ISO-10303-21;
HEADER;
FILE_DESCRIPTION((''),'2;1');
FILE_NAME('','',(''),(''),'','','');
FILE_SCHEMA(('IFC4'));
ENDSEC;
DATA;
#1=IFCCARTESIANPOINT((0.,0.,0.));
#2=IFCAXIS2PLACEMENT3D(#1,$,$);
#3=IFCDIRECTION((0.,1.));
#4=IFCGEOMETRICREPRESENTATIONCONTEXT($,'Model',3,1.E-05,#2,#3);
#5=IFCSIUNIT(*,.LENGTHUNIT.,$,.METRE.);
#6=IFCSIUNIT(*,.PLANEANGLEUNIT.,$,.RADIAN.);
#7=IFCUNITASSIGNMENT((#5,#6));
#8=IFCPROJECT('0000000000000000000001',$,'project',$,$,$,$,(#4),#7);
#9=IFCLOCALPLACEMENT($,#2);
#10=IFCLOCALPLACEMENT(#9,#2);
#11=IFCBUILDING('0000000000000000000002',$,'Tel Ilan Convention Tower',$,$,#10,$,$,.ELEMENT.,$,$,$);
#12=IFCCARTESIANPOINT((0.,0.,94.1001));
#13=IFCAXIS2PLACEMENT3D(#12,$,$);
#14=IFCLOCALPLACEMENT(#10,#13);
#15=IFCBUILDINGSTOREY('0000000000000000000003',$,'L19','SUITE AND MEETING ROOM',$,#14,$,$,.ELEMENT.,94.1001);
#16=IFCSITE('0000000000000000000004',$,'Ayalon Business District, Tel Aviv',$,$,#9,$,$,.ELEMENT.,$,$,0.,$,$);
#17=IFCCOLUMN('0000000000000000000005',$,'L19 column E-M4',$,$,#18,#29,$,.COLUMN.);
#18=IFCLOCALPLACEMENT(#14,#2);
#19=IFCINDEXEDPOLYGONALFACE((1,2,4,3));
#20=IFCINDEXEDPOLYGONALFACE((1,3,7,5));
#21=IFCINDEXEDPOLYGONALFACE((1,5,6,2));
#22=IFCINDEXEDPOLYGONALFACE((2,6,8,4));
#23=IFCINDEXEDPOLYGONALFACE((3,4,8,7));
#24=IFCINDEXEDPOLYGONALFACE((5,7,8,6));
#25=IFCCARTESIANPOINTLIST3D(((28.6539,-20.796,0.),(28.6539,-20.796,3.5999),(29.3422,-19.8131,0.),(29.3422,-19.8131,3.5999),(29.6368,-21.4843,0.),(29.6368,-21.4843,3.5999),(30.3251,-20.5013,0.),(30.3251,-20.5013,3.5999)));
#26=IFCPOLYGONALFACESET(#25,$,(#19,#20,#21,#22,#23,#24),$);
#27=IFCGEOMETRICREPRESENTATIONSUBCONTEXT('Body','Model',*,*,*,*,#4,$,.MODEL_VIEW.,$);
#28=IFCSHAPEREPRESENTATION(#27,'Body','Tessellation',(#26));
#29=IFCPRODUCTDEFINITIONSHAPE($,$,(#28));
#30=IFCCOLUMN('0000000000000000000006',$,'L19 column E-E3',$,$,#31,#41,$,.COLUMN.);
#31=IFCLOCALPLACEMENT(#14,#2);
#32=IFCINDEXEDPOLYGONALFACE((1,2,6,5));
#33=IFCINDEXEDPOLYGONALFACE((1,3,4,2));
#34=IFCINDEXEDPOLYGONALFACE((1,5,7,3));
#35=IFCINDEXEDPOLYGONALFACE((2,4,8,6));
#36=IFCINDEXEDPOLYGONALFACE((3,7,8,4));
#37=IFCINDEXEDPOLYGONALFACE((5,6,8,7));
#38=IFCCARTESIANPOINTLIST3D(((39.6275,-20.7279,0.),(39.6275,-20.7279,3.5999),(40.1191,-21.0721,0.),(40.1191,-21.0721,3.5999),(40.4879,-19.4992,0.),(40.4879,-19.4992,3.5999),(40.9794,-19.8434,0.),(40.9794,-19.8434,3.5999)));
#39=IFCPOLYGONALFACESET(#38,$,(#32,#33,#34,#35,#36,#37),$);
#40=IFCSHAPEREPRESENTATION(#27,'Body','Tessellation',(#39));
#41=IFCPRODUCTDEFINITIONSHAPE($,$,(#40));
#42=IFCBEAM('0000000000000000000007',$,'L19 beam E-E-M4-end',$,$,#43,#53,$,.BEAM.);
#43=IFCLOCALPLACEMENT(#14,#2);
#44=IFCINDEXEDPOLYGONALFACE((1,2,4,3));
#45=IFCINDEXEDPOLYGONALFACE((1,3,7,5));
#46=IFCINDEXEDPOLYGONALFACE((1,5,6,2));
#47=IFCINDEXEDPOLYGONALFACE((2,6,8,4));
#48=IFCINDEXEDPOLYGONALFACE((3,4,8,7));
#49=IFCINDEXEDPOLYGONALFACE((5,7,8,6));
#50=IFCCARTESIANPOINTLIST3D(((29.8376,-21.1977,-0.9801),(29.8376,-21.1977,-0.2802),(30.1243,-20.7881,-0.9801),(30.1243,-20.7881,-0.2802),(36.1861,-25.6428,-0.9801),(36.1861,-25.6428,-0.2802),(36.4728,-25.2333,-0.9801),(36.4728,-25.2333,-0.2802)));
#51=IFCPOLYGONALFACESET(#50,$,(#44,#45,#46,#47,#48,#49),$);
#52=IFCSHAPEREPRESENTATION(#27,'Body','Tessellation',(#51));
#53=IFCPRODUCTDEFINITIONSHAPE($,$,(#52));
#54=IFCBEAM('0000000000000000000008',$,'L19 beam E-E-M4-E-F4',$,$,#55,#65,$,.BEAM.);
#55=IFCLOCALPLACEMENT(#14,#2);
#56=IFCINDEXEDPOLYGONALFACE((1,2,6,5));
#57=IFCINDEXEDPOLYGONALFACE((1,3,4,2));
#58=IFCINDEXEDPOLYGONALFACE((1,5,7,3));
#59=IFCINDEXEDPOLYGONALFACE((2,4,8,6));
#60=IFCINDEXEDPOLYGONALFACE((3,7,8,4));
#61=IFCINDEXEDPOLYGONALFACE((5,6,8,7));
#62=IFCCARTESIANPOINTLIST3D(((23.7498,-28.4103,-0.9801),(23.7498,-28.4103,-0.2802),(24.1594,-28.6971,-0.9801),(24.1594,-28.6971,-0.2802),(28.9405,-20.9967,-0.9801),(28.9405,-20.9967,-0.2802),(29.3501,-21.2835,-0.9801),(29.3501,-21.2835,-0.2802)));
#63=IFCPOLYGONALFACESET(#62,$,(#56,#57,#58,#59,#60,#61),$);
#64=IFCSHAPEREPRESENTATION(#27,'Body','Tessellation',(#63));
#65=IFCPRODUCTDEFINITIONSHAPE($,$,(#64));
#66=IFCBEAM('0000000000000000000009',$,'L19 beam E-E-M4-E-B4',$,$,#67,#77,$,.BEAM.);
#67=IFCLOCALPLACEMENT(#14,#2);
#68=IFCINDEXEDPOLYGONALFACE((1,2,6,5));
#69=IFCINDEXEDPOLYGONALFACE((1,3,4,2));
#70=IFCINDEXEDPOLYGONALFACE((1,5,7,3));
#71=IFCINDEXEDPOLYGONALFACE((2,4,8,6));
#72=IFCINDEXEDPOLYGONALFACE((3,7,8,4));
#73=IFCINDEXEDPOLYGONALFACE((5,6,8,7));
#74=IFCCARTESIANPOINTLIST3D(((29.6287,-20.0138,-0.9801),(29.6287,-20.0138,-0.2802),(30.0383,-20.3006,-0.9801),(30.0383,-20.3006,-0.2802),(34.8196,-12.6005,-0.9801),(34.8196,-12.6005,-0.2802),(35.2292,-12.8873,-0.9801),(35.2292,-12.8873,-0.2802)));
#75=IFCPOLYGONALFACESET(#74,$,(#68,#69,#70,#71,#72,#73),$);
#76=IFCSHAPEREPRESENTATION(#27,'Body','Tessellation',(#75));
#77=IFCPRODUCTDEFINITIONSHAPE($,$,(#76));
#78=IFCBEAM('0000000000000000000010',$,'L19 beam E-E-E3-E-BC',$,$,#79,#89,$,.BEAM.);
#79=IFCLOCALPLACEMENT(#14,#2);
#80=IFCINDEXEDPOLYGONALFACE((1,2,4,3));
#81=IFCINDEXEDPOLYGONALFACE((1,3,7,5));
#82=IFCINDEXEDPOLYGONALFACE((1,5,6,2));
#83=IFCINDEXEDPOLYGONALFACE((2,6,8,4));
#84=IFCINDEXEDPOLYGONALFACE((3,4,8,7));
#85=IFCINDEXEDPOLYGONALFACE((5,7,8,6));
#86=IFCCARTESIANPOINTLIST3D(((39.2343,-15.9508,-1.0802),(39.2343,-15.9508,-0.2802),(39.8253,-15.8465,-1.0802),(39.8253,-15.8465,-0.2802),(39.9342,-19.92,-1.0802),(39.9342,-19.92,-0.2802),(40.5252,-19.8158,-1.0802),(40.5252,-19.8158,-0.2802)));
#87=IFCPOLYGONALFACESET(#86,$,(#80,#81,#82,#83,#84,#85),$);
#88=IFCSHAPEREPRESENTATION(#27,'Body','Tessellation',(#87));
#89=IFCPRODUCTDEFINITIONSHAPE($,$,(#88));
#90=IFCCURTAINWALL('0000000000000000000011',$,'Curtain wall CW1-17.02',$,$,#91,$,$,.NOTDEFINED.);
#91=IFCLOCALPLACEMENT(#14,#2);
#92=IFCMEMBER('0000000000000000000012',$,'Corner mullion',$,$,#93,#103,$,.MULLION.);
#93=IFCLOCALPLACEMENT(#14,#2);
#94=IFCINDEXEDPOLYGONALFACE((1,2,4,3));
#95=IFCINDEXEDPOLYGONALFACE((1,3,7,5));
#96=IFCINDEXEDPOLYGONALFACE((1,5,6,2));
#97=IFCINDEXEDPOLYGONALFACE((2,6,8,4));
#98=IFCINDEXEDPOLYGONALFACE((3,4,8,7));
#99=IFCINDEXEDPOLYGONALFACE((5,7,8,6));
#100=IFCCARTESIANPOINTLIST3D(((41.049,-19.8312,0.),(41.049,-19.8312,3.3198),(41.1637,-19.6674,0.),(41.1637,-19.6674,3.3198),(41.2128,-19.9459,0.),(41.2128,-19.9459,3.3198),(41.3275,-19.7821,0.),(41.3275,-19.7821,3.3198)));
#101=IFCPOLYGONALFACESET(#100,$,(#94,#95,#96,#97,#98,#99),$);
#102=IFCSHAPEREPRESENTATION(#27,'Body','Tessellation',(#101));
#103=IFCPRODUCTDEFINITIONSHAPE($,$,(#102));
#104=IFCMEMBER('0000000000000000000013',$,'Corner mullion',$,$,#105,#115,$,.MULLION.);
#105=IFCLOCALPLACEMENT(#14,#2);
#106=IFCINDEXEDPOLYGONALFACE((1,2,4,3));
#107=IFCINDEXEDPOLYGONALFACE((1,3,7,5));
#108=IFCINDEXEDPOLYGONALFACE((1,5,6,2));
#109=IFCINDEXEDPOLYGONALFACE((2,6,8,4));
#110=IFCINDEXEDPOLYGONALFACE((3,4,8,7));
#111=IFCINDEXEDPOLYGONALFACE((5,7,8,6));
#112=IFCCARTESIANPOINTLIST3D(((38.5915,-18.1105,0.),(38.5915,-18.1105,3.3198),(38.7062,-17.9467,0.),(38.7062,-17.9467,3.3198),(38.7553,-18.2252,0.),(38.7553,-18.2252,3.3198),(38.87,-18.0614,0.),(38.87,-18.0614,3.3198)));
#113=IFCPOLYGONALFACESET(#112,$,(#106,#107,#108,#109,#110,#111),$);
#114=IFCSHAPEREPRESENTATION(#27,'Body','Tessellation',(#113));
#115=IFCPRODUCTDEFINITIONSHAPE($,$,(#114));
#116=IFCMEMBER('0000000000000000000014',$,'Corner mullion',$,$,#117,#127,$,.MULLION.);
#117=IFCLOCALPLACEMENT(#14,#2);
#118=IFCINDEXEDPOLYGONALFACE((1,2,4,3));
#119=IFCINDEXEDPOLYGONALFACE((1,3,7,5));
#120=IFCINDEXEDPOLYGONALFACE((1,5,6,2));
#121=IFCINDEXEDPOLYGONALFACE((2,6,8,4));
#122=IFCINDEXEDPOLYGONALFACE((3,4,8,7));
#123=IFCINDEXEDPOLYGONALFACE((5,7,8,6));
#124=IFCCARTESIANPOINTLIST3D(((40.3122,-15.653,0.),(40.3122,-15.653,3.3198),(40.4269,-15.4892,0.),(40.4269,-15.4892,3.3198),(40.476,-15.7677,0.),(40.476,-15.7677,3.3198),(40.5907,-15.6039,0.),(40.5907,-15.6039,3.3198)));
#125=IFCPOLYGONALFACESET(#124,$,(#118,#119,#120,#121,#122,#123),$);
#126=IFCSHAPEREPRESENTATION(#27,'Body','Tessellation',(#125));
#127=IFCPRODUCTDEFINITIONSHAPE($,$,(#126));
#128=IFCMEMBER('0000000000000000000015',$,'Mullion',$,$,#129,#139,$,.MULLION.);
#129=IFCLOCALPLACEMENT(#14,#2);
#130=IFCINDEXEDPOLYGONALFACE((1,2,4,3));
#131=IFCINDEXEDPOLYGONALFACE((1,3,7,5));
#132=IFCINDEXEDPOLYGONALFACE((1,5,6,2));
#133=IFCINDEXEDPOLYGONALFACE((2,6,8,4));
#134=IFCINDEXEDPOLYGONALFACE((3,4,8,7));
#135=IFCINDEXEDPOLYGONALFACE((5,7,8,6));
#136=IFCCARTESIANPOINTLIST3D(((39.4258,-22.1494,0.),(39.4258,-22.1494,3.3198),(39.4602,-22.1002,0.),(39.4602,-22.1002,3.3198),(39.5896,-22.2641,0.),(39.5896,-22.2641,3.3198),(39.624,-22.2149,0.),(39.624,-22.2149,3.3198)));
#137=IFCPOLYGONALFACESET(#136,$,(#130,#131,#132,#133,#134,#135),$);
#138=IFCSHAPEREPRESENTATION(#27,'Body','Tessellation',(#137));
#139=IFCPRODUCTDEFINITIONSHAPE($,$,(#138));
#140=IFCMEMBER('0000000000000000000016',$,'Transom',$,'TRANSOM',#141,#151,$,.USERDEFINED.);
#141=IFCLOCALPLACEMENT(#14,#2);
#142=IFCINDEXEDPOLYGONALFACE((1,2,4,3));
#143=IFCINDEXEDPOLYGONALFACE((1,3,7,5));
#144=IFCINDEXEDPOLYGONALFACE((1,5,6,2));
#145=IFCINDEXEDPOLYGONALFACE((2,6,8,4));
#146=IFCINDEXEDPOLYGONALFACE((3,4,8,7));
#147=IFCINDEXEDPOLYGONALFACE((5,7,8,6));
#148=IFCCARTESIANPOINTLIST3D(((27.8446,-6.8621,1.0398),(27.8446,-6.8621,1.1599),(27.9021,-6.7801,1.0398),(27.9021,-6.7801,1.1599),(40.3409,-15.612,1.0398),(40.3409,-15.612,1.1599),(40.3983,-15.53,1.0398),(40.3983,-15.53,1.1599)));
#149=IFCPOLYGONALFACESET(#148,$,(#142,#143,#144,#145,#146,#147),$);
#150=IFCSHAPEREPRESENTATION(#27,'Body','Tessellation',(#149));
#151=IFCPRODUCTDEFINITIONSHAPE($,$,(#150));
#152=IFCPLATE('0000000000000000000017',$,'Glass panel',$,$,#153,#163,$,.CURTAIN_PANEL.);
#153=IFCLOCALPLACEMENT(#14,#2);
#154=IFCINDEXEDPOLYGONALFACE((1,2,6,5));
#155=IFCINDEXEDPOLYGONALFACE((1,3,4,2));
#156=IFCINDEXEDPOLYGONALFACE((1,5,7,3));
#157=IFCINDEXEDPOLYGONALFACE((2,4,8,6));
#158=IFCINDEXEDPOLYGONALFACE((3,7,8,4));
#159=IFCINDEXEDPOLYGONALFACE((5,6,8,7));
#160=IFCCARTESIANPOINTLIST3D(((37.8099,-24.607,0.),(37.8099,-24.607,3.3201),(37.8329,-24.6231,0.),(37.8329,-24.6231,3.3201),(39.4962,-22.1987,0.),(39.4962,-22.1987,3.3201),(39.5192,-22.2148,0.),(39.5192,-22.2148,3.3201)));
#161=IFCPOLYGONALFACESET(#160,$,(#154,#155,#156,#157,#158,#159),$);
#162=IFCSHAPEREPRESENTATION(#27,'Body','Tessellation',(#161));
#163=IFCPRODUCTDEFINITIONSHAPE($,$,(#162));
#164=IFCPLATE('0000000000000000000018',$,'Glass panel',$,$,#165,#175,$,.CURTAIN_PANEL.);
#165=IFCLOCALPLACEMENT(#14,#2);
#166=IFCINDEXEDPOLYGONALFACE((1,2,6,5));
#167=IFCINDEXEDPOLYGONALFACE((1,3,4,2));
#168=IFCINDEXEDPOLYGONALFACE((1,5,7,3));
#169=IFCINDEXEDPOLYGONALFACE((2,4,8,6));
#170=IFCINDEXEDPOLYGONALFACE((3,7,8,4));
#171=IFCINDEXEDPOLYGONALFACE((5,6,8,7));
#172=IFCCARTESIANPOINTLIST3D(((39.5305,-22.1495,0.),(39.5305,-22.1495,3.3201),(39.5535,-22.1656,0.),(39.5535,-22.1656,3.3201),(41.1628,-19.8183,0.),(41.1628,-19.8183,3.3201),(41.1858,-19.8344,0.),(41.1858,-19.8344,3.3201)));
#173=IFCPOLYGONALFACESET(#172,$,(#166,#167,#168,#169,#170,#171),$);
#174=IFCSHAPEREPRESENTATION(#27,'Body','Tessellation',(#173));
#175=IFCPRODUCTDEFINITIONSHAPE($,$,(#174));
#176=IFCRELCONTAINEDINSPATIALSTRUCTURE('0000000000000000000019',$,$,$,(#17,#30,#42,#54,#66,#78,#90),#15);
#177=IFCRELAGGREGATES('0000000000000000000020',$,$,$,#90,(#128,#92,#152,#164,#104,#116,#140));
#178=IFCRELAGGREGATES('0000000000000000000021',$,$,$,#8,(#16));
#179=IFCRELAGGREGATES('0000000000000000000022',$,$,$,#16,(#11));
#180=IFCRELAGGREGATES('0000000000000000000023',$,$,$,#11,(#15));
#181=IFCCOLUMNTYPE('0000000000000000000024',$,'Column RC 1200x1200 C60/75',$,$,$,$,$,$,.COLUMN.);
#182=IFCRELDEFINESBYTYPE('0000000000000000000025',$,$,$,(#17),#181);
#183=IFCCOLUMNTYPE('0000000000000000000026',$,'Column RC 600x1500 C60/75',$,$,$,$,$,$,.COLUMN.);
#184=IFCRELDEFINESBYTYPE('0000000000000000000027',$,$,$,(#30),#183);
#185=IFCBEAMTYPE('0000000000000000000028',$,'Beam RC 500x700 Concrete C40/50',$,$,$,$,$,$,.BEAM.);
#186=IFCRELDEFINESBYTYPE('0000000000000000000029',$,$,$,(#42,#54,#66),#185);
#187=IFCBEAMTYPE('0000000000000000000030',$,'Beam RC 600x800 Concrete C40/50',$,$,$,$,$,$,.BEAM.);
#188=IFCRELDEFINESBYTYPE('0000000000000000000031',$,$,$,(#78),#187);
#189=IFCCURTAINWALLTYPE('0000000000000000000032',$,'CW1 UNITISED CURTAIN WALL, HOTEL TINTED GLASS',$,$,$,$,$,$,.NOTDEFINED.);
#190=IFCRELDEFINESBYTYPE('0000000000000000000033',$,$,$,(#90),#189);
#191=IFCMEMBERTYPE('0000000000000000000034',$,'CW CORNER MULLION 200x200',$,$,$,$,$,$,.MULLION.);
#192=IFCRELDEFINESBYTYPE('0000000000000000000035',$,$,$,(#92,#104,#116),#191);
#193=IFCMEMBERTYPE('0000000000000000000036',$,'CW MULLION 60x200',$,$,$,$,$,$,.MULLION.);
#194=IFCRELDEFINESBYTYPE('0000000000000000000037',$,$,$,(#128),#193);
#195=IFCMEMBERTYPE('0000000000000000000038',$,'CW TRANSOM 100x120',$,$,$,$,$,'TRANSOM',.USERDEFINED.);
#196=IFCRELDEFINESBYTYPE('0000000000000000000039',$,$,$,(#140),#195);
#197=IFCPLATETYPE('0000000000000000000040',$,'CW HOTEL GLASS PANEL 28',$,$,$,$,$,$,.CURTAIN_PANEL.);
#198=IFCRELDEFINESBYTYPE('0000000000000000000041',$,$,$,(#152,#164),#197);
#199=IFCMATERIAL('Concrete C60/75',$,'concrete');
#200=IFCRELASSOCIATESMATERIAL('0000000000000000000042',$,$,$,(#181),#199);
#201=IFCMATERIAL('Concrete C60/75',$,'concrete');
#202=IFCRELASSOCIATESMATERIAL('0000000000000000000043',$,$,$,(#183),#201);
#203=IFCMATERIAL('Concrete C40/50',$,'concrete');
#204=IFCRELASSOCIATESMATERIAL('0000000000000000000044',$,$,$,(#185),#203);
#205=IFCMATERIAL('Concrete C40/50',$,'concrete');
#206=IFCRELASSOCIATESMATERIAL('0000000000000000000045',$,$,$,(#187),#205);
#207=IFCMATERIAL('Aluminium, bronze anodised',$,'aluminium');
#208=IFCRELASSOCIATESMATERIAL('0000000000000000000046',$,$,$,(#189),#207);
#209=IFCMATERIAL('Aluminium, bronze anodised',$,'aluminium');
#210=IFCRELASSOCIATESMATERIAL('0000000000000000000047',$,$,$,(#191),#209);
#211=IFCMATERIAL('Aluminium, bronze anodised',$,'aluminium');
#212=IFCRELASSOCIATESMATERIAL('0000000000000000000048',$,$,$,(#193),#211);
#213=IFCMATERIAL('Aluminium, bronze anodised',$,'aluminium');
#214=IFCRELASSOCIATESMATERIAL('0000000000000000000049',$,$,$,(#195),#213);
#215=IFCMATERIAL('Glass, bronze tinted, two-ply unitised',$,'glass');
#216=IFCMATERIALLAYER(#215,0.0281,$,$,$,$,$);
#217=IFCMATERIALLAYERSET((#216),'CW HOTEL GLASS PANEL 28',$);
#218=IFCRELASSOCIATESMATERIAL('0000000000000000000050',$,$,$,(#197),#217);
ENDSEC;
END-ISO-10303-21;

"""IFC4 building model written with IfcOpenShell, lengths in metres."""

from ifc_helpers import new_model, si_unit, direction, frame, origin, origin_2d, place, context, subcontext, project, spatial, rectangle, extrude, material, layer, layer_set, material_profile, profile_set, type_object, element, aggregate, save


model = new_model("IFC4")

# Units and contexts
model_context = context("Model", 3, precision=1e-05, world=origin(), true_north=direction((0.0, 1.0)))
body_context = subcontext(model_context, "Body", "Model", "MODEL_VIEW")
ifc_project = project(units=[si_unit("LENGTHUNIT", "METRE"), si_unit("PLANEANGLEUNIT", "RADIAN")], contexts=[model_context])

# Site, building, storey
site_placement = place(None, origin())
site = spatial("IfcSite", under=ifc_project, at=site_placement, Name="Ayalon Business District, Tel Aviv", CompositionType="ELEMENT", RefElevation=0.0)
building_placement = place(site_placement, origin())
building = spatial("IfcBuilding", under=site, at=building_placement, Name="Tel Ilan Convention Tower", CompositionType="ELEMENT")
storey_placement = place(building_placement, frame((0.0, 0.0, 94.1001)))
storey = spatial("IfcBuildingStorey", under=building, at=storey_placement, Name="L19", Description="SUITE AND MEETING ROOM", CompositionType="ELEMENT", Elevation=94.1001)

# Columns
ifc_material_1 = material(Name="Concrete C60/75", Category="concrete")
ifc_material_profile_1 = material_profile(ifc_material_1, rectangle(XDim=1.2, YDim=1.2, at=origin_2d()), Name="RC 1200x1200")
ifc_profile_set_1 = profile_set([ifc_material_profile_1], Name="Concrete C60/75")
column_type_1 = type_object("IfcColumnType", Name="Column RC 1200x1200 C60/75", PredefinedType="COLUMN", material=ifc_profile_set_1)
column_1_placement = place(storey_placement, frame((29.4895, -20.6487, 0.0), z_axis=(0.0, 0.0, 1.0), x_axis=(0.819152, -0.573576, 0.0)))
element("IfcColumn", 1, at=column_1_placement, inside=storey, type_object=column_type_1, Name="L19 column E-M4", PredefinedType="COLUMN", context=body_context, shape_type="SweptSolid", body=[
    extrude(rectangle(XDim=1.2, YDim=1.2, at=origin_2d()), origin(), (0.0, 0.0, 1.0), 3.5999),
])
ifc_material_2 = material(Name="Concrete C60/75", Category="concrete")
ifc_material_profile_2 = material_profile(ifc_material_2, rectangle(XDim=1.5, YDim=0.6001, at=origin_2d()), Name="RC 600x1500")
ifc_profile_set_2 = profile_set([ifc_material_profile_2], Name="Concrete C60/75")
column_type_2 = type_object("IfcColumnType", Name="Column RC 600x1500 C60/75", PredefinedType="COLUMN", material=ifc_profile_set_2)
column_2_placement = place(storey_placement, frame((40.3035, -20.2856, 0.0), z_axis=(0.0, 0.0, 1.0), x_axis=(0.573576, 0.819152, 0.0)))
element("IfcColumn", 2, at=column_2_placement, inside=storey, type_object=column_type_2, Name="L19 column E-E3", PredefinedType="COLUMN", context=body_context, shape_type="SweptSolid", body=[
    extrude(rectangle(XDim=1.5, YDim=0.6001, at=origin_2d()), origin(), (0.0, 0.0, 1.0), 3.5999),
])

# Beams
ifc_material_3 = material(Name="Concrete C40/50", Category="concrete")
ifc_material_profile_3 = material_profile(ifc_material_3, rectangle(XDim=0.5, YDim=0.7, at=origin_2d()), Name="RC 500x700")
ifc_profile_set_3 = profile_set([ifc_material_profile_3], Name="Concrete C40/50")
beam_type_1 = type_object("IfcBeamType", Name="Beam RC 500x700 Concrete C40/50", PredefinedType="BEAM", material=ifc_profile_set_3)
beam_1_placement = place(storey_placement, frame((29.981, -20.9929, -0.6301), z_axis=(0.819159, -0.573566, 0.0), x_axis=(0.573566, 0.819159, 0.0)))
element("IfcBeam", 3, at=beam_1_placement, inside=storey, type_object=beam_type_1, Name="L19 beam E-E-M4-end", PredefinedType="BEAM", context=body_context, shape_type="SweptSolid", body=[
    extrude(rectangle(XDim=0.5, YDim=0.7, at=origin_2d()), origin(), (0.0, 0.0, 1.0), 7.75),
])
for number, where, z_axis, x_axis, name in (
    (4, (29.1453, -21.1401, -0.6301), (-0.573549, -0.819171, 0.0), (0.819171, -0.573549, 0.0), "L19 beam E-E-M4-E-F4"),
    (5, (29.8335, -20.1572, -0.6301), (0.57358, 0.81915, 0.0), (-0.81915, 0.57358, 0.0), "L19 beam E-E-M4-E-B4"),
):
    element("IfcBeam", number, at=place(storey_placement, frame(where, z_axis=z_axis, x_axis=x_axis)), inside=storey, type_object=beam_type_1, Name=name, PredefinedType="BEAM", context=body_context, shape_type="SweptSolid", body=[
        extrude(rectangle(XDim=0.5, YDim=0.7, at=origin_2d()), origin(), (0.0, 0.0, 1.0), 9.05),
    ])
ifc_material_4 = material(Name="Concrete C40/50", Category="concrete")
ifc_material_profile_4 = material_profile(ifc_material_4, rectangle(XDim=0.6001, YDim=0.8, at=origin_2d()), Name="RC 600x800")
ifc_profile_set_4 = profile_set([ifc_material_profile_4], Name="Concrete C40/50")
beam_type_2 = type_object("IfcBeamType", Name="Beam RC 600x800 Concrete C40/50", PredefinedType="BEAM", material=ifc_profile_set_4)
beam_2_placement = place(storey_placement, frame((40.2297, -19.8679, -0.6802), z_axis=(-0.173664, 0.984805, 0.0), x_axis=(-0.984805, -0.173664, 0.0)))
element("IfcBeam", 6, at=beam_2_placement, inside=storey, type_object=beam_type_2, Name="L19 beam E-E-E3-E-BC", PredefinedType="BEAM", context=body_context, shape_type="SweptSolid", body=[
    extrude(rectangle(XDim=0.6001, YDim=0.8, at=origin_2d()), origin(), (0.0, 0.0, 1.0), 4.0305),
])

# Curtain wall, members, plates
ifc_material_5 = material(Name="Aluminium, bronze anodised", Category="aluminium")
curtain_wall_type = type_object("IfcCurtainWallType", Name="CW1 UNITISED CURTAIN WALL, HOTEL TINTED GLASS", PredefinedType="NOTDEFINED", material=ifc_material_5)
curtain_wall_placement = place(storey_placement, origin())
curtain_wall = element("IfcCurtainWall", 7, at=curtain_wall_placement, inside=storey, type_object=curtain_wall_type, Name="Curtain wall CW1-17.02", PredefinedType="NOTDEFINED")
ifc_material_6 = material(Name="Aluminium, bronze anodised", Category="aluminium")
ifc_material_profile_5 = material_profile(ifc_material_6, rectangle(XDim=0.2, YDim=0.2, at=origin_2d()), Name="CW CORNER MULLION 200x200")
ifc_profile_set_5 = profile_set([ifc_material_profile_5], Name="Aluminium, bronze anodised")
member_type_1 = type_object("IfcMemberType", Name="CW CORNER MULLION 200x200", PredefinedType="MULLION", material=ifc_profile_set_5)
member_1_placement = place(storey_placement, frame((41.1882, -19.8066, 0.0), z_axis=(0.0, 0.0, 1.0), x_axis=(0.573576, 0.819152, 0.0)))
member_1 = element("IfcMember", 8, at=member_1_placement, type_object=member_type_1, Name="Corner mullion", PredefinedType="MULLION", context=body_context, shape_type="SweptSolid", body=[
    extrude(rectangle(XDim=0.2, YDim=0.2, at=origin_2d()), origin(), (0.0, 0.0, 1.0), 3.3198),
])
member_2_placement = place(storey_placement, frame((38.7307, -18.0859, 0.0), z_axis=(0.0, 0.0, 1.0), x_axis=(-0.819152, 0.573576, 0.0)))
member_2 = element("IfcMember", 9, at=member_2_placement, type_object=member_type_1, Name="Corner mullion", PredefinedType="MULLION", context=body_context, shape_type="SweptSolid", body=[
    extrude(rectangle(XDim=0.2, YDim=0.2, at=origin_2d()), origin(), (0.0, 0.0, 1.0), 3.3198),
])
member_3_placement = place(storey_placement, frame((40.4514, -15.6284, 0.0), z_axis=(0.0, 0.0, 1.0), x_axis=(0.573576, 0.819152, 0.0)))
member_3 = element("IfcMember", 10, at=member_3_placement, type_object=member_type_1, Name="Corner mullion", PredefinedType="MULLION", context=body_context, shape_type="SweptSolid", body=[
    extrude(rectangle(XDim=0.2, YDim=0.2, at=origin_2d()), origin(), (0.0, 0.0, 1.0), 3.3198),
])
ifc_material_7 = material(Name="Aluminium, bronze anodised", Category="aluminium")
ifc_material_profile_6 = material_profile(ifc_material_7, rectangle(XDim=0.0601, YDim=0.2, at=origin_2d()), Name="CW MULLION 60x200")
ifc_profile_set_6 = profile_set([ifc_material_profile_6], Name="Aluminium, bronze anodised")
member_type_2 = type_object("IfcMemberType", Name="CW MULLION 60x200", PredefinedType="MULLION", material=ifc_profile_set_6)
member_4_placement = place(storey_placement, frame((39.5249, -22.1821, 0.0), z_axis=(0.0, 0.0, 1.0), x_axis=(0.573576, 0.819152, 0.0)))
member_4 = element("IfcMember", 11, at=member_4_placement, type_object=member_type_2, Name="Mullion", PredefinedType="MULLION", context=body_context, shape_type="SweptSolid", body=[
    extrude(rectangle(XDim=0.0601, YDim=0.2, at=origin_2d()), origin(), (0.0, 0.0, 1.0), 3.3198),
])
ifc_material_8 = material(Name="Aluminium, bronze anodised", Category="aluminium")
ifc_material_profile_7 = material_profile(ifc_material_8, rectangle(XDim=0.1001, YDim=0.1201, at=origin_2d()), Name="CW TRANSOM 100x120")
ifc_profile_set_7 = profile_set([ifc_material_profile_7], Name="Aluminium, bronze anodised")
member_type_3 = type_object("IfcMemberType", Name="CW TRANSOM 100x120", ElementType="TRANSOM", PredefinedType="USERDEFINED", material=ifc_profile_set_7)
member_5_placement = place(storey_placement, frame((40.3696, -15.571, 1.0999), z_axis=(-0.819153, 0.573575, 0.0), x_axis=(-0.573575, -0.819153, 0.0)))
member_5 = element("IfcMember", 12, at=member_5_placement, type_object=member_type_3, Name="Transom", ObjectType="TRANSOM", PredefinedType="USERDEFINED", context=body_context, shape_type="SweptSolid", body=[
    extrude(rectangle(XDim=0.1001, YDim=0.1201, at=origin_2d()), origin(), (0.0, 0.0, 1.0), 15.2551),
])
ifc_material_9 = material(Name="Glass, bronze tinted, two-ply unitised", Category="glass")
ifc_layer_1 = layer(ifc_material_9, 0.0281)
ifc_layer_set_1 = layer_set([ifc_layer_1], Name="CW HOTEL GLASS PANEL 28")
plate_type = type_object("IfcPlateType", Name="CW HOTEL GLASS PANEL 28", PredefinedType="CURTAIN_PANEL", material=ifc_layer_set_1)
plate_1_placement = place(storey_placement, frame((38.6646, -23.4109, 0.0), z_axis=(0.0, 0.0, 1.0), x_axis=(0.573576, 0.819152, 0.0)))
plate_1 = element("IfcPlate", 13, at=plate_1_placement, type_object=plate_type, Name="Glass panel", PredefinedType="CURTAIN_PANEL", context=body_context, shape_type="SweptSolid", body=[
    extrude(rectangle(XDim=2.9399, YDim=0.0281, at=origin_2d()), origin(), (0.0, 0.0, 1.0), 3.3201),
])
plate_2_placement = place(storey_placement, frame((40.3582, -20.9919, 0.0), z_axis=(0.0, 0.0, 1.0), x_axis=(0.573576, 0.819152, 0.0)))
plate_2 = element("IfcPlate", 14, at=plate_2_placement, type_object=plate_type, Name="Glass panel", PredefinedType="CURTAIN_PANEL", context=body_context, shape_type="SweptSolid", body=[
    extrude(rectangle(XDim=2.8459, YDim=0.0281, at=origin_2d()), origin(), (0.0, 0.0, 1.0), 3.3201),
])
aggregate(curtain_wall, [member_4, member_1, plate_1, plate_2, member_2, member_3, member_5])

save(model, "model.ifc")
